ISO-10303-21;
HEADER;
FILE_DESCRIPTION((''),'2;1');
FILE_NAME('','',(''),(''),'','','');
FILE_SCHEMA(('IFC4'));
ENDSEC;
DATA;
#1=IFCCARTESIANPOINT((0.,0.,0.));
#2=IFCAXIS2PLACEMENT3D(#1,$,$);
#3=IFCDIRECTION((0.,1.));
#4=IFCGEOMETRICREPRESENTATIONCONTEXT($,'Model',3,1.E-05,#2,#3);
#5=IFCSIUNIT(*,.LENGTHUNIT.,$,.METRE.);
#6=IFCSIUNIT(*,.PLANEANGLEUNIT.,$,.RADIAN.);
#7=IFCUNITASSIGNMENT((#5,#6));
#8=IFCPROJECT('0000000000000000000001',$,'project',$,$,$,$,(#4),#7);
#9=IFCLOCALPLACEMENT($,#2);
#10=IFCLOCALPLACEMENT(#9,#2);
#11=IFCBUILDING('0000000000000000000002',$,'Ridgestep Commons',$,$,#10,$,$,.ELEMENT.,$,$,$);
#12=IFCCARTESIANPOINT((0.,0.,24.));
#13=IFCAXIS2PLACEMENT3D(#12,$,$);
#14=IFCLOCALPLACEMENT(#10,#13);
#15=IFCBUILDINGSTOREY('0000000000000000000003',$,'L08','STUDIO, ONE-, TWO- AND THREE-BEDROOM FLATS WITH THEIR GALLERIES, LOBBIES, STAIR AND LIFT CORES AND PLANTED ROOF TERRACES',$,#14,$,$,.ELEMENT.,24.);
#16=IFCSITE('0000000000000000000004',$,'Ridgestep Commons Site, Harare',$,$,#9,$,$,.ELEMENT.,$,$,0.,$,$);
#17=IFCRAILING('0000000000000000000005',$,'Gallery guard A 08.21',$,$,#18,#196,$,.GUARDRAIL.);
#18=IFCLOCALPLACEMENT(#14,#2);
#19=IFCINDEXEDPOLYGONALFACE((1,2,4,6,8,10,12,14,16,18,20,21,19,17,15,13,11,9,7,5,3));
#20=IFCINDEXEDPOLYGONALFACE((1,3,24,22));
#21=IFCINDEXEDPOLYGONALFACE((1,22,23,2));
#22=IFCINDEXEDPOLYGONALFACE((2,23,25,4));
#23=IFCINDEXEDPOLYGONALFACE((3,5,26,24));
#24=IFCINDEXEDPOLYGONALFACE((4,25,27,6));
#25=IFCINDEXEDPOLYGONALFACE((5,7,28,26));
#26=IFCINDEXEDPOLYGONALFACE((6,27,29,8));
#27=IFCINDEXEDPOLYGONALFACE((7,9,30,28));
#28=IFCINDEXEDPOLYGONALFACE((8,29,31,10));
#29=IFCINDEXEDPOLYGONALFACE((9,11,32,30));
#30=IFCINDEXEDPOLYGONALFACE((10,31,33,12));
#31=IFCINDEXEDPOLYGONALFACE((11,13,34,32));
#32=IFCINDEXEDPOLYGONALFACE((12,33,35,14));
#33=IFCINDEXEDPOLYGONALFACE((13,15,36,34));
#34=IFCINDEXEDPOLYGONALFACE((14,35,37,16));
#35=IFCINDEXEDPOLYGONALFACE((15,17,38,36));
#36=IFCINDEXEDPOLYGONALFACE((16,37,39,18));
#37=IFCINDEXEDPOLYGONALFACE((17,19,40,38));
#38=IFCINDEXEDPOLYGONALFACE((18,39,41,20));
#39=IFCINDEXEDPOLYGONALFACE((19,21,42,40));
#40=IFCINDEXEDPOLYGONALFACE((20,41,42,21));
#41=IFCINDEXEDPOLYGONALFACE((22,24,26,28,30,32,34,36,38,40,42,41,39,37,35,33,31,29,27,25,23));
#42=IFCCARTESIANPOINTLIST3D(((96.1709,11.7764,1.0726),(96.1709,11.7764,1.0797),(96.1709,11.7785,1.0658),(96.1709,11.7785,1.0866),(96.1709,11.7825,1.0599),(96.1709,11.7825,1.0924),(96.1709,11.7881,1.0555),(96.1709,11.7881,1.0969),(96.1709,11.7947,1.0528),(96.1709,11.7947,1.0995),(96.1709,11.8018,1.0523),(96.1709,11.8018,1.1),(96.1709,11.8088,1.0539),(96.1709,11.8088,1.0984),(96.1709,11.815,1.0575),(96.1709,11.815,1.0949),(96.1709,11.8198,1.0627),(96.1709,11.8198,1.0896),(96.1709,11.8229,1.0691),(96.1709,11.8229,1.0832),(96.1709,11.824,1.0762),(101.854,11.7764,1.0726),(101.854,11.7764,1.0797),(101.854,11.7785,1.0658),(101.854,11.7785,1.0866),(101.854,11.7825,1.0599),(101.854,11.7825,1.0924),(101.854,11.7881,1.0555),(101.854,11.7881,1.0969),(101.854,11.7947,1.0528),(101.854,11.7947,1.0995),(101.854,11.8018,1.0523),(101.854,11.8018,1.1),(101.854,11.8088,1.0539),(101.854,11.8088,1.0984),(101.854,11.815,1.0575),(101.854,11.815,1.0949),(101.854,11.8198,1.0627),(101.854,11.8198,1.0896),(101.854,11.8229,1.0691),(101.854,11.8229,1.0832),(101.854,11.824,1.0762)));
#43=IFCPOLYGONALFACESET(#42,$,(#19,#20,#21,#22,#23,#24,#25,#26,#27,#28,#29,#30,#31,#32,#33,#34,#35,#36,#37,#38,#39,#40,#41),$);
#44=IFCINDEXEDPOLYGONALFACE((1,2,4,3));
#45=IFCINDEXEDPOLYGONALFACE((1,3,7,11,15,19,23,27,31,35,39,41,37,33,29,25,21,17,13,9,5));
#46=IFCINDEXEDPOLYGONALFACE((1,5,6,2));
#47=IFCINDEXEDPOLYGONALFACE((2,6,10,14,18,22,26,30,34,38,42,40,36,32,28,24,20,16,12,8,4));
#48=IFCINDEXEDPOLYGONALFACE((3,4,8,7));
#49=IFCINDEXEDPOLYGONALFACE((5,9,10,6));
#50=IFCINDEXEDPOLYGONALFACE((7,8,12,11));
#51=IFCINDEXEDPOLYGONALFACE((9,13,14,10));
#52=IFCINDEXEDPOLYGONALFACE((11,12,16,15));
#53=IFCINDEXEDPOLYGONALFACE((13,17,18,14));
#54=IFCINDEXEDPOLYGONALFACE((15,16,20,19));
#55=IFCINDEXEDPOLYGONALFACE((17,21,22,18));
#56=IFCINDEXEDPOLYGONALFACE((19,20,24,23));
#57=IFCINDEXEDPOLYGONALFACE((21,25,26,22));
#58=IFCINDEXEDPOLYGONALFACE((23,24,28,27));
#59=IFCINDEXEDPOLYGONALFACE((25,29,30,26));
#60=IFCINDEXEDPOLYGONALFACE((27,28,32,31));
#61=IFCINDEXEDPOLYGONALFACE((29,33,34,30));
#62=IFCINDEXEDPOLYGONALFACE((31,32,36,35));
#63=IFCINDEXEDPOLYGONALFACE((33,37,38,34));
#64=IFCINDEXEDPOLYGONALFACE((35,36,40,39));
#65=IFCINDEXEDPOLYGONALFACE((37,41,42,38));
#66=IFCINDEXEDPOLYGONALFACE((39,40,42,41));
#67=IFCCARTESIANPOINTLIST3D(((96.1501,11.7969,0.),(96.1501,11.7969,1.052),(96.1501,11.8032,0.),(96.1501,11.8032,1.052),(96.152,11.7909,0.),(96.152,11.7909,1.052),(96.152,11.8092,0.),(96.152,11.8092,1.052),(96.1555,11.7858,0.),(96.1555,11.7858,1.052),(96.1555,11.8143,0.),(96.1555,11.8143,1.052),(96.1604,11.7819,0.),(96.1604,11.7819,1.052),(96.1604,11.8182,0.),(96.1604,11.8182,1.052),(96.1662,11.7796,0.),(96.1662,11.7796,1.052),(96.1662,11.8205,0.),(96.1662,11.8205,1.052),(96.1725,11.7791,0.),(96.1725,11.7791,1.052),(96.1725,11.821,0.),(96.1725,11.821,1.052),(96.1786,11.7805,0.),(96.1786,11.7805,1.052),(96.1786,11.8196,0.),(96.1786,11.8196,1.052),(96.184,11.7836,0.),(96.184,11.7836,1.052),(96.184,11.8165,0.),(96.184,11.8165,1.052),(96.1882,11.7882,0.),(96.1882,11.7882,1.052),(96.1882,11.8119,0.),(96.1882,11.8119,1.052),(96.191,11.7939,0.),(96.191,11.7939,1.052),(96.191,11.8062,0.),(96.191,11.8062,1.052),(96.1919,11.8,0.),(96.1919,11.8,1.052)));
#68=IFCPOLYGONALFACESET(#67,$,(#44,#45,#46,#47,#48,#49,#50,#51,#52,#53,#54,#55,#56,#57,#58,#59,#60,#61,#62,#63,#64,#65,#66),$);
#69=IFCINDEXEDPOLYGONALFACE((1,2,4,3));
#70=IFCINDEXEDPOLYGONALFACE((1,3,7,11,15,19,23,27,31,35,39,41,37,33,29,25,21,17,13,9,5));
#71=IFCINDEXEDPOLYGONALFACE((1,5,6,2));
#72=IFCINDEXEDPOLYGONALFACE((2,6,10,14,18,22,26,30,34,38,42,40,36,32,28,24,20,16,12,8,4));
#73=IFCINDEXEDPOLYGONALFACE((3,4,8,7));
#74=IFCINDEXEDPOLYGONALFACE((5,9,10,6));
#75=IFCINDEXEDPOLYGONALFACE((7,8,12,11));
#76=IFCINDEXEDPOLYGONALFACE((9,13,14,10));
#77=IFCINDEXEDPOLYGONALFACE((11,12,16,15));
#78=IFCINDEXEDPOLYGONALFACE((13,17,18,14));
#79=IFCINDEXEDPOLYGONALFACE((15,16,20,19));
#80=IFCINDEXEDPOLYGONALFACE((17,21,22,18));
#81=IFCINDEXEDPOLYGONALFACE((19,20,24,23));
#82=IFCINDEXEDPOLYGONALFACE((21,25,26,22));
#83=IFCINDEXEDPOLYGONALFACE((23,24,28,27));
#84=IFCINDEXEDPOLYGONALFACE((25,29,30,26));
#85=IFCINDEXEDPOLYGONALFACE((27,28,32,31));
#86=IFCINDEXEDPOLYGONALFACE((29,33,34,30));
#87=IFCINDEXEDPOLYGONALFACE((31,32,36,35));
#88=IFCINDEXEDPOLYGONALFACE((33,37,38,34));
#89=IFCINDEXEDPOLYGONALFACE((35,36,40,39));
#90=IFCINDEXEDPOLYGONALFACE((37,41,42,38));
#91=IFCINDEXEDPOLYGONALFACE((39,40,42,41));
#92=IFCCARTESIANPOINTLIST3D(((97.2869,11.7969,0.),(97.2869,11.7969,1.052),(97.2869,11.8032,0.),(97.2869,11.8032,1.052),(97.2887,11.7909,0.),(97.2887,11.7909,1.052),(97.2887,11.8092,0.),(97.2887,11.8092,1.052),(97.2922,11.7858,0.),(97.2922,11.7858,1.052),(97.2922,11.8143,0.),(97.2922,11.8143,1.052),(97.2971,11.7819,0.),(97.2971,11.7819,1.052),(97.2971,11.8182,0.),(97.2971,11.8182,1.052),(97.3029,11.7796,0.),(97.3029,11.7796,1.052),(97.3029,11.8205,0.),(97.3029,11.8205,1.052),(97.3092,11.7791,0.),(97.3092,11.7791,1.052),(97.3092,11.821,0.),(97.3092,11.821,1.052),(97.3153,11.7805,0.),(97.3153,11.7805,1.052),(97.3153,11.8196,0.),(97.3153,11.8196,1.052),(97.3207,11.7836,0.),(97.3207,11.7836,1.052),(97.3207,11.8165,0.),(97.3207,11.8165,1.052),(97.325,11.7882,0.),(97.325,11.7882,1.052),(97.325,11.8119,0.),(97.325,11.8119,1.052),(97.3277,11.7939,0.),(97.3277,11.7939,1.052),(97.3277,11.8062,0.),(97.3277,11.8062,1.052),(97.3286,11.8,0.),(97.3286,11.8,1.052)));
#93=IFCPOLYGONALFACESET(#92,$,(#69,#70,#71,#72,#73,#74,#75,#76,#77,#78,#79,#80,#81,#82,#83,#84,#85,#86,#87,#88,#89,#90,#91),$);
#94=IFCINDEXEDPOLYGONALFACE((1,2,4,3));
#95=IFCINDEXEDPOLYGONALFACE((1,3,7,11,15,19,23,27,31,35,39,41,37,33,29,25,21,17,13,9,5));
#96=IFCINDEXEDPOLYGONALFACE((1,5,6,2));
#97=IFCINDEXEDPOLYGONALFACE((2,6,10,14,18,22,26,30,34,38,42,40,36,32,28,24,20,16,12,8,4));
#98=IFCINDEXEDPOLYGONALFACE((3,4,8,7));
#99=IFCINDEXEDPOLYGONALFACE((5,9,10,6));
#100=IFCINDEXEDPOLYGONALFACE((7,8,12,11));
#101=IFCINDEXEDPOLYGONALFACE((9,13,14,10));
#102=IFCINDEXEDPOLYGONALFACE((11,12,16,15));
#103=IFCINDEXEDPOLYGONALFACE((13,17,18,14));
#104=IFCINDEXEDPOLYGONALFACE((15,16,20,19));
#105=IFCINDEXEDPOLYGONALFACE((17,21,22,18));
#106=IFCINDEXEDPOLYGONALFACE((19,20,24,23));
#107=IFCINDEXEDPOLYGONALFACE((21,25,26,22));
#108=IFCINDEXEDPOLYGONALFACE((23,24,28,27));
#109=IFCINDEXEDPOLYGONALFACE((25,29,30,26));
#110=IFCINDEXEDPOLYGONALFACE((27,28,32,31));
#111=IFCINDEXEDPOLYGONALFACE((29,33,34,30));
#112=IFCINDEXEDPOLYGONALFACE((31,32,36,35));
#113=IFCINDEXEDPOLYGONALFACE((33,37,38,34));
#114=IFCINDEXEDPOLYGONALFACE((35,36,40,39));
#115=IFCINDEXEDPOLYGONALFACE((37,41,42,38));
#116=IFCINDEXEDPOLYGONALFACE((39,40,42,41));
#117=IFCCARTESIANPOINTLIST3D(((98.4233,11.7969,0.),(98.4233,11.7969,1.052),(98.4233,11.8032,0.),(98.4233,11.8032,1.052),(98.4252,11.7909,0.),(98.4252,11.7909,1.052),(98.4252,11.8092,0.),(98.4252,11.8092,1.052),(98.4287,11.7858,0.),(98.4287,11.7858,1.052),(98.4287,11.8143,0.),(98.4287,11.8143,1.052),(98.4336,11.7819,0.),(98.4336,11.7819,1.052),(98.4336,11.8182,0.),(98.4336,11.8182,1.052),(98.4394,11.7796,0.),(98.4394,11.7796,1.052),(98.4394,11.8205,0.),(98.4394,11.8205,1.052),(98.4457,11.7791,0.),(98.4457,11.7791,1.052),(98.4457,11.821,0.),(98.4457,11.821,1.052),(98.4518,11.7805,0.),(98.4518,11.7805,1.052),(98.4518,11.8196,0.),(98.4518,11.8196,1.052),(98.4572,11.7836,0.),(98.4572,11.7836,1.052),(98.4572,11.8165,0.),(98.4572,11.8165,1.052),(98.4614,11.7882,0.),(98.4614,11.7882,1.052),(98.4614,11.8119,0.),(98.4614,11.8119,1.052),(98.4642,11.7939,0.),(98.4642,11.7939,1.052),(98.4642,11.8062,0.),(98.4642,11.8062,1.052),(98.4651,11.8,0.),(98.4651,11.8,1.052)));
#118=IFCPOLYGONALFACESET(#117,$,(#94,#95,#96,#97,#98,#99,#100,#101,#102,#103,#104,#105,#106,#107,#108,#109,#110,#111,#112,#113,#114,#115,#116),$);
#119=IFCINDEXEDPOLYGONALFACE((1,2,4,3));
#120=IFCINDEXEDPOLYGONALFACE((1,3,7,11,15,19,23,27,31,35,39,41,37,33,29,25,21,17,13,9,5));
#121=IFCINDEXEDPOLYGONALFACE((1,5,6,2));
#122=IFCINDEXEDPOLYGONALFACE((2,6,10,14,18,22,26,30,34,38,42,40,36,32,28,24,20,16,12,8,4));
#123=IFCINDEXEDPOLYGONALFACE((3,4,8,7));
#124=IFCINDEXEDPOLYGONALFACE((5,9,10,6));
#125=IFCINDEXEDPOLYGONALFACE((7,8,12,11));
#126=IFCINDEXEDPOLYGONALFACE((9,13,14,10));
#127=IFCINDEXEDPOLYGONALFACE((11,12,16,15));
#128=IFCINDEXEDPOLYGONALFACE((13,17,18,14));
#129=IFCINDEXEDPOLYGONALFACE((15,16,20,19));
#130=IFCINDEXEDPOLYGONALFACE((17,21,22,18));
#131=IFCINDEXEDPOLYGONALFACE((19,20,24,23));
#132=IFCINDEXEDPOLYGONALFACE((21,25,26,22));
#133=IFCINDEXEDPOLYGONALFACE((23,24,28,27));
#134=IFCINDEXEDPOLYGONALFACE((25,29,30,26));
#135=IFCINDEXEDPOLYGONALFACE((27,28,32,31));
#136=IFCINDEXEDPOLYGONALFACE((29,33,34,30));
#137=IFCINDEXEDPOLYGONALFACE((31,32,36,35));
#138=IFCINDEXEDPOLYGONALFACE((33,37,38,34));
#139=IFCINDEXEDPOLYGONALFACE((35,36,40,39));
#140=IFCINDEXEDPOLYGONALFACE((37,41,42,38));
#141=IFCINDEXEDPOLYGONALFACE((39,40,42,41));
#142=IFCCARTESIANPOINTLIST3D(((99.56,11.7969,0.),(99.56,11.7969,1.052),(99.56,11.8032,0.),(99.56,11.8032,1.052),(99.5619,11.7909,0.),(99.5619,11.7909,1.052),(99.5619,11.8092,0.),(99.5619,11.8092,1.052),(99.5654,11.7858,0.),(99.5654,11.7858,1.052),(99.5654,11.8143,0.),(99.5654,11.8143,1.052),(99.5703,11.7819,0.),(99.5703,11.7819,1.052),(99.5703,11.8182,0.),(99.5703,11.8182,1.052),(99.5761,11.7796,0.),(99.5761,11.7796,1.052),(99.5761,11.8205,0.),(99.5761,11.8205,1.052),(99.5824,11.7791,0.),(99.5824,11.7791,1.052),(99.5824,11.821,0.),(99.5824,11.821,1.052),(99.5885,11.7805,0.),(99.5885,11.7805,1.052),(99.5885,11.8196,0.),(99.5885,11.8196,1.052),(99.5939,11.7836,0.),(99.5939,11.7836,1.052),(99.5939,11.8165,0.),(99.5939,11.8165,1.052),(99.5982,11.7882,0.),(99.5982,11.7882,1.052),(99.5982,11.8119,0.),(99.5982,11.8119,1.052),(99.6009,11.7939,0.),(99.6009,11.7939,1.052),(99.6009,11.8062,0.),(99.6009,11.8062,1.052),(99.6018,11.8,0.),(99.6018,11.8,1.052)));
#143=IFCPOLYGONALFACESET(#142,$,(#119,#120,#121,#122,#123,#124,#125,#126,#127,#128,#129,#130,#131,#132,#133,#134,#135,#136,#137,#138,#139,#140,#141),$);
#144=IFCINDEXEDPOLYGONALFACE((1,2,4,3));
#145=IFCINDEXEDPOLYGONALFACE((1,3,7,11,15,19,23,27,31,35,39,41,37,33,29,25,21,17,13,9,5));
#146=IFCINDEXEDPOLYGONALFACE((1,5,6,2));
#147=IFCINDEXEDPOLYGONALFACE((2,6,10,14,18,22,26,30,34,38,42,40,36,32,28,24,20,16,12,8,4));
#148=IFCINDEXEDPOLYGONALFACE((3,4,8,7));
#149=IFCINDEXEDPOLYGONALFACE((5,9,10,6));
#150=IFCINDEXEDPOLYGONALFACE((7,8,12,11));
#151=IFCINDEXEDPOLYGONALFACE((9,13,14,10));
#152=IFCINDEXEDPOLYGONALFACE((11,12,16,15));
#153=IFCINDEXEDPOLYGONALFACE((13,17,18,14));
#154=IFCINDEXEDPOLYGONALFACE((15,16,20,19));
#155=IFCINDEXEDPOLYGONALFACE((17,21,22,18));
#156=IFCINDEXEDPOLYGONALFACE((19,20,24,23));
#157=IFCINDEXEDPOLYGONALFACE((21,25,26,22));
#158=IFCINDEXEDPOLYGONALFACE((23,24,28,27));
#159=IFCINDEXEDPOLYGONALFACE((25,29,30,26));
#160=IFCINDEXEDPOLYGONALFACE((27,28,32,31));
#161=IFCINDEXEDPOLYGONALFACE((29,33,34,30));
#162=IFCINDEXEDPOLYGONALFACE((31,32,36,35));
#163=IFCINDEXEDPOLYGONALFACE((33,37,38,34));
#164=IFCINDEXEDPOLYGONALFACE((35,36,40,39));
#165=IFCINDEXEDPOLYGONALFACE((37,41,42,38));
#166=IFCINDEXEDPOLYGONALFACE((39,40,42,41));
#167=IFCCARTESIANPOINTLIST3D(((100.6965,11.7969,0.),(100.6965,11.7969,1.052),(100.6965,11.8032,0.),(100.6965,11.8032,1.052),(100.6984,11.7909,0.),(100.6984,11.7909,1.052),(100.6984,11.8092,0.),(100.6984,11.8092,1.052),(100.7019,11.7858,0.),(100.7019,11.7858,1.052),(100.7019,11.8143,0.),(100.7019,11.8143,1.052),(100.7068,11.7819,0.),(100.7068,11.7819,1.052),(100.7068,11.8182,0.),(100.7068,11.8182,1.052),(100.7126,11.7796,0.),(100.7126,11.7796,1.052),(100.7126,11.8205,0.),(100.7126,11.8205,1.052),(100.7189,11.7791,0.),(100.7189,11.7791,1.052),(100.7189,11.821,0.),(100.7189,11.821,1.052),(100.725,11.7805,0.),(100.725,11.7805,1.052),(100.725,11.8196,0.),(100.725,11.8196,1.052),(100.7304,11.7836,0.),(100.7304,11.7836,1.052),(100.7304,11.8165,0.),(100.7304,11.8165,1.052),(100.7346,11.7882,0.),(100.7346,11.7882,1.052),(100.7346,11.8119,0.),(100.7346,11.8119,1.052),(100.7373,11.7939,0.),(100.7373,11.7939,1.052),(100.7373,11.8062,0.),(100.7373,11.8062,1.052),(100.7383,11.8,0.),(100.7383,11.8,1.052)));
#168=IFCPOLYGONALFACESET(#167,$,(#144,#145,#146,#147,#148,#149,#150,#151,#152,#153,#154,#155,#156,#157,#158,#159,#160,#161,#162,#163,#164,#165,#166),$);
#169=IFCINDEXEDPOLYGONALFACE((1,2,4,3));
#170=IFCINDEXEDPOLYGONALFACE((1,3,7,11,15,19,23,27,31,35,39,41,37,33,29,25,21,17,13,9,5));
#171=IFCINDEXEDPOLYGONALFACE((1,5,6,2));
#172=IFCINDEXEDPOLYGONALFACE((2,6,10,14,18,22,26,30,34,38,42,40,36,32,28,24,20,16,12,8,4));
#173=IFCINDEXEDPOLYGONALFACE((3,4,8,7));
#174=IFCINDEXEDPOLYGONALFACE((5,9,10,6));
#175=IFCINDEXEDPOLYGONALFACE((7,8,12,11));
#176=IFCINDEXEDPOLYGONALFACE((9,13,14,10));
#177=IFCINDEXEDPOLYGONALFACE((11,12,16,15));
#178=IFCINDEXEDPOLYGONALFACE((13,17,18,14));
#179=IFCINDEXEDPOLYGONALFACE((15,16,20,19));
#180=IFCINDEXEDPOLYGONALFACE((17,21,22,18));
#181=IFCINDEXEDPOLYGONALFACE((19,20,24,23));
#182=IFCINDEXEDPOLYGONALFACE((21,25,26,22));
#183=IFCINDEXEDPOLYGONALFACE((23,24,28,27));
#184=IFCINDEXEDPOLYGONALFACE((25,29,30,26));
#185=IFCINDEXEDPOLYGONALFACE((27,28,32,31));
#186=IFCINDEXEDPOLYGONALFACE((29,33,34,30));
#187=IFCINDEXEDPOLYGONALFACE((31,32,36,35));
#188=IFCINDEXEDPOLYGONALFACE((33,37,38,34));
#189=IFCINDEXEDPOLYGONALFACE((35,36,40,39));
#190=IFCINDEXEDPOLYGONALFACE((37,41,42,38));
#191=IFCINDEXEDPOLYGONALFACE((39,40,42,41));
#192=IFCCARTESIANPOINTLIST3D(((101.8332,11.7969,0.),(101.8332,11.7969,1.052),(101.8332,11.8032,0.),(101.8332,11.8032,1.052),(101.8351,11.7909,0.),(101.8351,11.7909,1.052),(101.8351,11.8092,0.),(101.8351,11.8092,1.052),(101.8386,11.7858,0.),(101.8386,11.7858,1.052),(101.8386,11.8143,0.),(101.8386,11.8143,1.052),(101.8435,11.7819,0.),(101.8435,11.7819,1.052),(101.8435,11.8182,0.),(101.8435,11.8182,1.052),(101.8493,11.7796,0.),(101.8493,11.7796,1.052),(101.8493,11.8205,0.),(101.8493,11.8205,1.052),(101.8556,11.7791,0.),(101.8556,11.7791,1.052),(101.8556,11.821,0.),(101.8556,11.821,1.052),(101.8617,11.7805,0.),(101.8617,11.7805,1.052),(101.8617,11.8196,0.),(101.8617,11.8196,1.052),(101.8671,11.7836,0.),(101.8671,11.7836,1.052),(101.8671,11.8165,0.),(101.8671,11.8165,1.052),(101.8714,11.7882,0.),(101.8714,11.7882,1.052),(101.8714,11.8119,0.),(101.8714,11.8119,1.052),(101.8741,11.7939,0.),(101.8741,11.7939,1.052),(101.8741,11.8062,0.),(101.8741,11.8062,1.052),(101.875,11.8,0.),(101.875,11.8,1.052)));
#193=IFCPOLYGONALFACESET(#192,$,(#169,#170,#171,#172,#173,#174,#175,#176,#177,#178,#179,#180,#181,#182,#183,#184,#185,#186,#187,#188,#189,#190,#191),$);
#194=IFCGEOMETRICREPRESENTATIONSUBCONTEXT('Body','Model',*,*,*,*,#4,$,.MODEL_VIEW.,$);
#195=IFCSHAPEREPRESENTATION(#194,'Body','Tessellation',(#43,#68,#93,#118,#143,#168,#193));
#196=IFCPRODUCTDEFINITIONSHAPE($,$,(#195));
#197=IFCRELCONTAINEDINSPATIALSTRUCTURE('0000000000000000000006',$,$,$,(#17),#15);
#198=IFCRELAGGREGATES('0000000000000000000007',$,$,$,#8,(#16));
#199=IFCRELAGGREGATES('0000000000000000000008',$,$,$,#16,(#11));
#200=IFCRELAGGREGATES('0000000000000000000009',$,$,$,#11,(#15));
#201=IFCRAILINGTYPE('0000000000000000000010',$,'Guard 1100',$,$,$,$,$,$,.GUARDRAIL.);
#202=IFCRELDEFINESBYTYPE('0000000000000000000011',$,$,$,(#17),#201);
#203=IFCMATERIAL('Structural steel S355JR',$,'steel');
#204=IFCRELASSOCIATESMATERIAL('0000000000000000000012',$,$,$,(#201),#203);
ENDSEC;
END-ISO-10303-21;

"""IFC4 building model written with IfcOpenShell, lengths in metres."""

from ifc_helpers import new_model, si_unit, direction, frame, origin, origin_2d, place, context, subcontext, project, spatial, circle, extrude, material, type_object, element, save


model = new_model("IFC4")

# Units and contexts
model_context = context("Model", 3, precision=1e-05, world=origin(), true_north=direction((0.0, 1.0)))
body_context = subcontext(model_context, "Body", "Model", "MODEL_VIEW")
ifc_project = project(units=[si_unit("LENGTHUNIT", "METRE"), si_unit("PLANEANGLEUNIT", "RADIAN")], contexts=[model_context])

# Site, building, storey
site_placement = place(None, origin())
site = spatial("IfcSite", under=ifc_project, at=site_placement, Name="Ridgestep Commons Site, Harare", CompositionType="ELEMENT", RefElevation=0.0)
building_placement = place(site_placement, origin())
building = spatial("IfcBuilding", under=site, at=building_placement, Name="Ridgestep Commons", CompositionType="ELEMENT")
storey_placement = place(building_placement, frame((0.0, 0.0, 24.0)))
storey = spatial("IfcBuildingStorey", under=building, at=storey_placement, Name="L08", Description="STUDIO, ONE-, TWO- AND THREE-BEDROOM FLATS WITH THEIR GALLERIES, LOBBIES, STAIR AND LIFT CORES AND PLANTED ROOF TERRACES", CompositionType="ELEMENT", Elevation=24.0)

# Railing
ifc_material_1 = material(Name="Structural steel S355JR", Category="steel")
railing_type_1 = type_object("IfcRailingType", Name="Guard 1100", PredefinedType="GUARDRAIL", material=ifc_material_1)
railing_1_placement = place(storey_placement, frame((96.1709, 11.8, 0.0)))
element("IfcRailing", 1, at=railing_1_placement, inside=storey, type_object=railing_type_1, Name="Gallery guard A 08.21", PredefinedType="GUARDRAIL", context=body_context, shape_type="SweptSolid", body=[
    extrude(circle(Radius=0.0239, at=origin_2d()), frame((0.0, 0.0, 1.0762), z_axis=(1.0, 0.0, 0.0), x_axis=(0.0, 1.0, 0.0)), (0.0, 0.0, 1.0), 5.6831),
    extrude(circle(Radius=0.021, at=origin_2d()), origin(), (0.0, 0.0, 1.0), 1.052),
    extrude(circle(Radius=0.021, at=origin_2d()), frame((1.1367, 0.0, 0.0)), (0.0, 0.0, 1.0), 1.052),
    extrude(circle(Radius=0.021, at=origin_2d()), frame((2.2732, 0.0, 0.0)), (0.0, 0.0, 1.0), 1.052),
    extrude(circle(Radius=0.021, at=origin_2d()), frame((3.4099, 0.0, 0.0)), (0.0, 0.0, 1.0), 1.052),
    extrude(circle(Radius=0.021, at=origin_2d()), frame((4.5464, 0.0, 0.0)), (0.0, 0.0, 1.0), 1.052),
    extrude(circle(Radius=0.021, at=origin_2d()), frame((5.6831, 0.0, 0.0)), (0.0, 0.0, 1.0), 1.052),
])

save(model, "model.ifc")
